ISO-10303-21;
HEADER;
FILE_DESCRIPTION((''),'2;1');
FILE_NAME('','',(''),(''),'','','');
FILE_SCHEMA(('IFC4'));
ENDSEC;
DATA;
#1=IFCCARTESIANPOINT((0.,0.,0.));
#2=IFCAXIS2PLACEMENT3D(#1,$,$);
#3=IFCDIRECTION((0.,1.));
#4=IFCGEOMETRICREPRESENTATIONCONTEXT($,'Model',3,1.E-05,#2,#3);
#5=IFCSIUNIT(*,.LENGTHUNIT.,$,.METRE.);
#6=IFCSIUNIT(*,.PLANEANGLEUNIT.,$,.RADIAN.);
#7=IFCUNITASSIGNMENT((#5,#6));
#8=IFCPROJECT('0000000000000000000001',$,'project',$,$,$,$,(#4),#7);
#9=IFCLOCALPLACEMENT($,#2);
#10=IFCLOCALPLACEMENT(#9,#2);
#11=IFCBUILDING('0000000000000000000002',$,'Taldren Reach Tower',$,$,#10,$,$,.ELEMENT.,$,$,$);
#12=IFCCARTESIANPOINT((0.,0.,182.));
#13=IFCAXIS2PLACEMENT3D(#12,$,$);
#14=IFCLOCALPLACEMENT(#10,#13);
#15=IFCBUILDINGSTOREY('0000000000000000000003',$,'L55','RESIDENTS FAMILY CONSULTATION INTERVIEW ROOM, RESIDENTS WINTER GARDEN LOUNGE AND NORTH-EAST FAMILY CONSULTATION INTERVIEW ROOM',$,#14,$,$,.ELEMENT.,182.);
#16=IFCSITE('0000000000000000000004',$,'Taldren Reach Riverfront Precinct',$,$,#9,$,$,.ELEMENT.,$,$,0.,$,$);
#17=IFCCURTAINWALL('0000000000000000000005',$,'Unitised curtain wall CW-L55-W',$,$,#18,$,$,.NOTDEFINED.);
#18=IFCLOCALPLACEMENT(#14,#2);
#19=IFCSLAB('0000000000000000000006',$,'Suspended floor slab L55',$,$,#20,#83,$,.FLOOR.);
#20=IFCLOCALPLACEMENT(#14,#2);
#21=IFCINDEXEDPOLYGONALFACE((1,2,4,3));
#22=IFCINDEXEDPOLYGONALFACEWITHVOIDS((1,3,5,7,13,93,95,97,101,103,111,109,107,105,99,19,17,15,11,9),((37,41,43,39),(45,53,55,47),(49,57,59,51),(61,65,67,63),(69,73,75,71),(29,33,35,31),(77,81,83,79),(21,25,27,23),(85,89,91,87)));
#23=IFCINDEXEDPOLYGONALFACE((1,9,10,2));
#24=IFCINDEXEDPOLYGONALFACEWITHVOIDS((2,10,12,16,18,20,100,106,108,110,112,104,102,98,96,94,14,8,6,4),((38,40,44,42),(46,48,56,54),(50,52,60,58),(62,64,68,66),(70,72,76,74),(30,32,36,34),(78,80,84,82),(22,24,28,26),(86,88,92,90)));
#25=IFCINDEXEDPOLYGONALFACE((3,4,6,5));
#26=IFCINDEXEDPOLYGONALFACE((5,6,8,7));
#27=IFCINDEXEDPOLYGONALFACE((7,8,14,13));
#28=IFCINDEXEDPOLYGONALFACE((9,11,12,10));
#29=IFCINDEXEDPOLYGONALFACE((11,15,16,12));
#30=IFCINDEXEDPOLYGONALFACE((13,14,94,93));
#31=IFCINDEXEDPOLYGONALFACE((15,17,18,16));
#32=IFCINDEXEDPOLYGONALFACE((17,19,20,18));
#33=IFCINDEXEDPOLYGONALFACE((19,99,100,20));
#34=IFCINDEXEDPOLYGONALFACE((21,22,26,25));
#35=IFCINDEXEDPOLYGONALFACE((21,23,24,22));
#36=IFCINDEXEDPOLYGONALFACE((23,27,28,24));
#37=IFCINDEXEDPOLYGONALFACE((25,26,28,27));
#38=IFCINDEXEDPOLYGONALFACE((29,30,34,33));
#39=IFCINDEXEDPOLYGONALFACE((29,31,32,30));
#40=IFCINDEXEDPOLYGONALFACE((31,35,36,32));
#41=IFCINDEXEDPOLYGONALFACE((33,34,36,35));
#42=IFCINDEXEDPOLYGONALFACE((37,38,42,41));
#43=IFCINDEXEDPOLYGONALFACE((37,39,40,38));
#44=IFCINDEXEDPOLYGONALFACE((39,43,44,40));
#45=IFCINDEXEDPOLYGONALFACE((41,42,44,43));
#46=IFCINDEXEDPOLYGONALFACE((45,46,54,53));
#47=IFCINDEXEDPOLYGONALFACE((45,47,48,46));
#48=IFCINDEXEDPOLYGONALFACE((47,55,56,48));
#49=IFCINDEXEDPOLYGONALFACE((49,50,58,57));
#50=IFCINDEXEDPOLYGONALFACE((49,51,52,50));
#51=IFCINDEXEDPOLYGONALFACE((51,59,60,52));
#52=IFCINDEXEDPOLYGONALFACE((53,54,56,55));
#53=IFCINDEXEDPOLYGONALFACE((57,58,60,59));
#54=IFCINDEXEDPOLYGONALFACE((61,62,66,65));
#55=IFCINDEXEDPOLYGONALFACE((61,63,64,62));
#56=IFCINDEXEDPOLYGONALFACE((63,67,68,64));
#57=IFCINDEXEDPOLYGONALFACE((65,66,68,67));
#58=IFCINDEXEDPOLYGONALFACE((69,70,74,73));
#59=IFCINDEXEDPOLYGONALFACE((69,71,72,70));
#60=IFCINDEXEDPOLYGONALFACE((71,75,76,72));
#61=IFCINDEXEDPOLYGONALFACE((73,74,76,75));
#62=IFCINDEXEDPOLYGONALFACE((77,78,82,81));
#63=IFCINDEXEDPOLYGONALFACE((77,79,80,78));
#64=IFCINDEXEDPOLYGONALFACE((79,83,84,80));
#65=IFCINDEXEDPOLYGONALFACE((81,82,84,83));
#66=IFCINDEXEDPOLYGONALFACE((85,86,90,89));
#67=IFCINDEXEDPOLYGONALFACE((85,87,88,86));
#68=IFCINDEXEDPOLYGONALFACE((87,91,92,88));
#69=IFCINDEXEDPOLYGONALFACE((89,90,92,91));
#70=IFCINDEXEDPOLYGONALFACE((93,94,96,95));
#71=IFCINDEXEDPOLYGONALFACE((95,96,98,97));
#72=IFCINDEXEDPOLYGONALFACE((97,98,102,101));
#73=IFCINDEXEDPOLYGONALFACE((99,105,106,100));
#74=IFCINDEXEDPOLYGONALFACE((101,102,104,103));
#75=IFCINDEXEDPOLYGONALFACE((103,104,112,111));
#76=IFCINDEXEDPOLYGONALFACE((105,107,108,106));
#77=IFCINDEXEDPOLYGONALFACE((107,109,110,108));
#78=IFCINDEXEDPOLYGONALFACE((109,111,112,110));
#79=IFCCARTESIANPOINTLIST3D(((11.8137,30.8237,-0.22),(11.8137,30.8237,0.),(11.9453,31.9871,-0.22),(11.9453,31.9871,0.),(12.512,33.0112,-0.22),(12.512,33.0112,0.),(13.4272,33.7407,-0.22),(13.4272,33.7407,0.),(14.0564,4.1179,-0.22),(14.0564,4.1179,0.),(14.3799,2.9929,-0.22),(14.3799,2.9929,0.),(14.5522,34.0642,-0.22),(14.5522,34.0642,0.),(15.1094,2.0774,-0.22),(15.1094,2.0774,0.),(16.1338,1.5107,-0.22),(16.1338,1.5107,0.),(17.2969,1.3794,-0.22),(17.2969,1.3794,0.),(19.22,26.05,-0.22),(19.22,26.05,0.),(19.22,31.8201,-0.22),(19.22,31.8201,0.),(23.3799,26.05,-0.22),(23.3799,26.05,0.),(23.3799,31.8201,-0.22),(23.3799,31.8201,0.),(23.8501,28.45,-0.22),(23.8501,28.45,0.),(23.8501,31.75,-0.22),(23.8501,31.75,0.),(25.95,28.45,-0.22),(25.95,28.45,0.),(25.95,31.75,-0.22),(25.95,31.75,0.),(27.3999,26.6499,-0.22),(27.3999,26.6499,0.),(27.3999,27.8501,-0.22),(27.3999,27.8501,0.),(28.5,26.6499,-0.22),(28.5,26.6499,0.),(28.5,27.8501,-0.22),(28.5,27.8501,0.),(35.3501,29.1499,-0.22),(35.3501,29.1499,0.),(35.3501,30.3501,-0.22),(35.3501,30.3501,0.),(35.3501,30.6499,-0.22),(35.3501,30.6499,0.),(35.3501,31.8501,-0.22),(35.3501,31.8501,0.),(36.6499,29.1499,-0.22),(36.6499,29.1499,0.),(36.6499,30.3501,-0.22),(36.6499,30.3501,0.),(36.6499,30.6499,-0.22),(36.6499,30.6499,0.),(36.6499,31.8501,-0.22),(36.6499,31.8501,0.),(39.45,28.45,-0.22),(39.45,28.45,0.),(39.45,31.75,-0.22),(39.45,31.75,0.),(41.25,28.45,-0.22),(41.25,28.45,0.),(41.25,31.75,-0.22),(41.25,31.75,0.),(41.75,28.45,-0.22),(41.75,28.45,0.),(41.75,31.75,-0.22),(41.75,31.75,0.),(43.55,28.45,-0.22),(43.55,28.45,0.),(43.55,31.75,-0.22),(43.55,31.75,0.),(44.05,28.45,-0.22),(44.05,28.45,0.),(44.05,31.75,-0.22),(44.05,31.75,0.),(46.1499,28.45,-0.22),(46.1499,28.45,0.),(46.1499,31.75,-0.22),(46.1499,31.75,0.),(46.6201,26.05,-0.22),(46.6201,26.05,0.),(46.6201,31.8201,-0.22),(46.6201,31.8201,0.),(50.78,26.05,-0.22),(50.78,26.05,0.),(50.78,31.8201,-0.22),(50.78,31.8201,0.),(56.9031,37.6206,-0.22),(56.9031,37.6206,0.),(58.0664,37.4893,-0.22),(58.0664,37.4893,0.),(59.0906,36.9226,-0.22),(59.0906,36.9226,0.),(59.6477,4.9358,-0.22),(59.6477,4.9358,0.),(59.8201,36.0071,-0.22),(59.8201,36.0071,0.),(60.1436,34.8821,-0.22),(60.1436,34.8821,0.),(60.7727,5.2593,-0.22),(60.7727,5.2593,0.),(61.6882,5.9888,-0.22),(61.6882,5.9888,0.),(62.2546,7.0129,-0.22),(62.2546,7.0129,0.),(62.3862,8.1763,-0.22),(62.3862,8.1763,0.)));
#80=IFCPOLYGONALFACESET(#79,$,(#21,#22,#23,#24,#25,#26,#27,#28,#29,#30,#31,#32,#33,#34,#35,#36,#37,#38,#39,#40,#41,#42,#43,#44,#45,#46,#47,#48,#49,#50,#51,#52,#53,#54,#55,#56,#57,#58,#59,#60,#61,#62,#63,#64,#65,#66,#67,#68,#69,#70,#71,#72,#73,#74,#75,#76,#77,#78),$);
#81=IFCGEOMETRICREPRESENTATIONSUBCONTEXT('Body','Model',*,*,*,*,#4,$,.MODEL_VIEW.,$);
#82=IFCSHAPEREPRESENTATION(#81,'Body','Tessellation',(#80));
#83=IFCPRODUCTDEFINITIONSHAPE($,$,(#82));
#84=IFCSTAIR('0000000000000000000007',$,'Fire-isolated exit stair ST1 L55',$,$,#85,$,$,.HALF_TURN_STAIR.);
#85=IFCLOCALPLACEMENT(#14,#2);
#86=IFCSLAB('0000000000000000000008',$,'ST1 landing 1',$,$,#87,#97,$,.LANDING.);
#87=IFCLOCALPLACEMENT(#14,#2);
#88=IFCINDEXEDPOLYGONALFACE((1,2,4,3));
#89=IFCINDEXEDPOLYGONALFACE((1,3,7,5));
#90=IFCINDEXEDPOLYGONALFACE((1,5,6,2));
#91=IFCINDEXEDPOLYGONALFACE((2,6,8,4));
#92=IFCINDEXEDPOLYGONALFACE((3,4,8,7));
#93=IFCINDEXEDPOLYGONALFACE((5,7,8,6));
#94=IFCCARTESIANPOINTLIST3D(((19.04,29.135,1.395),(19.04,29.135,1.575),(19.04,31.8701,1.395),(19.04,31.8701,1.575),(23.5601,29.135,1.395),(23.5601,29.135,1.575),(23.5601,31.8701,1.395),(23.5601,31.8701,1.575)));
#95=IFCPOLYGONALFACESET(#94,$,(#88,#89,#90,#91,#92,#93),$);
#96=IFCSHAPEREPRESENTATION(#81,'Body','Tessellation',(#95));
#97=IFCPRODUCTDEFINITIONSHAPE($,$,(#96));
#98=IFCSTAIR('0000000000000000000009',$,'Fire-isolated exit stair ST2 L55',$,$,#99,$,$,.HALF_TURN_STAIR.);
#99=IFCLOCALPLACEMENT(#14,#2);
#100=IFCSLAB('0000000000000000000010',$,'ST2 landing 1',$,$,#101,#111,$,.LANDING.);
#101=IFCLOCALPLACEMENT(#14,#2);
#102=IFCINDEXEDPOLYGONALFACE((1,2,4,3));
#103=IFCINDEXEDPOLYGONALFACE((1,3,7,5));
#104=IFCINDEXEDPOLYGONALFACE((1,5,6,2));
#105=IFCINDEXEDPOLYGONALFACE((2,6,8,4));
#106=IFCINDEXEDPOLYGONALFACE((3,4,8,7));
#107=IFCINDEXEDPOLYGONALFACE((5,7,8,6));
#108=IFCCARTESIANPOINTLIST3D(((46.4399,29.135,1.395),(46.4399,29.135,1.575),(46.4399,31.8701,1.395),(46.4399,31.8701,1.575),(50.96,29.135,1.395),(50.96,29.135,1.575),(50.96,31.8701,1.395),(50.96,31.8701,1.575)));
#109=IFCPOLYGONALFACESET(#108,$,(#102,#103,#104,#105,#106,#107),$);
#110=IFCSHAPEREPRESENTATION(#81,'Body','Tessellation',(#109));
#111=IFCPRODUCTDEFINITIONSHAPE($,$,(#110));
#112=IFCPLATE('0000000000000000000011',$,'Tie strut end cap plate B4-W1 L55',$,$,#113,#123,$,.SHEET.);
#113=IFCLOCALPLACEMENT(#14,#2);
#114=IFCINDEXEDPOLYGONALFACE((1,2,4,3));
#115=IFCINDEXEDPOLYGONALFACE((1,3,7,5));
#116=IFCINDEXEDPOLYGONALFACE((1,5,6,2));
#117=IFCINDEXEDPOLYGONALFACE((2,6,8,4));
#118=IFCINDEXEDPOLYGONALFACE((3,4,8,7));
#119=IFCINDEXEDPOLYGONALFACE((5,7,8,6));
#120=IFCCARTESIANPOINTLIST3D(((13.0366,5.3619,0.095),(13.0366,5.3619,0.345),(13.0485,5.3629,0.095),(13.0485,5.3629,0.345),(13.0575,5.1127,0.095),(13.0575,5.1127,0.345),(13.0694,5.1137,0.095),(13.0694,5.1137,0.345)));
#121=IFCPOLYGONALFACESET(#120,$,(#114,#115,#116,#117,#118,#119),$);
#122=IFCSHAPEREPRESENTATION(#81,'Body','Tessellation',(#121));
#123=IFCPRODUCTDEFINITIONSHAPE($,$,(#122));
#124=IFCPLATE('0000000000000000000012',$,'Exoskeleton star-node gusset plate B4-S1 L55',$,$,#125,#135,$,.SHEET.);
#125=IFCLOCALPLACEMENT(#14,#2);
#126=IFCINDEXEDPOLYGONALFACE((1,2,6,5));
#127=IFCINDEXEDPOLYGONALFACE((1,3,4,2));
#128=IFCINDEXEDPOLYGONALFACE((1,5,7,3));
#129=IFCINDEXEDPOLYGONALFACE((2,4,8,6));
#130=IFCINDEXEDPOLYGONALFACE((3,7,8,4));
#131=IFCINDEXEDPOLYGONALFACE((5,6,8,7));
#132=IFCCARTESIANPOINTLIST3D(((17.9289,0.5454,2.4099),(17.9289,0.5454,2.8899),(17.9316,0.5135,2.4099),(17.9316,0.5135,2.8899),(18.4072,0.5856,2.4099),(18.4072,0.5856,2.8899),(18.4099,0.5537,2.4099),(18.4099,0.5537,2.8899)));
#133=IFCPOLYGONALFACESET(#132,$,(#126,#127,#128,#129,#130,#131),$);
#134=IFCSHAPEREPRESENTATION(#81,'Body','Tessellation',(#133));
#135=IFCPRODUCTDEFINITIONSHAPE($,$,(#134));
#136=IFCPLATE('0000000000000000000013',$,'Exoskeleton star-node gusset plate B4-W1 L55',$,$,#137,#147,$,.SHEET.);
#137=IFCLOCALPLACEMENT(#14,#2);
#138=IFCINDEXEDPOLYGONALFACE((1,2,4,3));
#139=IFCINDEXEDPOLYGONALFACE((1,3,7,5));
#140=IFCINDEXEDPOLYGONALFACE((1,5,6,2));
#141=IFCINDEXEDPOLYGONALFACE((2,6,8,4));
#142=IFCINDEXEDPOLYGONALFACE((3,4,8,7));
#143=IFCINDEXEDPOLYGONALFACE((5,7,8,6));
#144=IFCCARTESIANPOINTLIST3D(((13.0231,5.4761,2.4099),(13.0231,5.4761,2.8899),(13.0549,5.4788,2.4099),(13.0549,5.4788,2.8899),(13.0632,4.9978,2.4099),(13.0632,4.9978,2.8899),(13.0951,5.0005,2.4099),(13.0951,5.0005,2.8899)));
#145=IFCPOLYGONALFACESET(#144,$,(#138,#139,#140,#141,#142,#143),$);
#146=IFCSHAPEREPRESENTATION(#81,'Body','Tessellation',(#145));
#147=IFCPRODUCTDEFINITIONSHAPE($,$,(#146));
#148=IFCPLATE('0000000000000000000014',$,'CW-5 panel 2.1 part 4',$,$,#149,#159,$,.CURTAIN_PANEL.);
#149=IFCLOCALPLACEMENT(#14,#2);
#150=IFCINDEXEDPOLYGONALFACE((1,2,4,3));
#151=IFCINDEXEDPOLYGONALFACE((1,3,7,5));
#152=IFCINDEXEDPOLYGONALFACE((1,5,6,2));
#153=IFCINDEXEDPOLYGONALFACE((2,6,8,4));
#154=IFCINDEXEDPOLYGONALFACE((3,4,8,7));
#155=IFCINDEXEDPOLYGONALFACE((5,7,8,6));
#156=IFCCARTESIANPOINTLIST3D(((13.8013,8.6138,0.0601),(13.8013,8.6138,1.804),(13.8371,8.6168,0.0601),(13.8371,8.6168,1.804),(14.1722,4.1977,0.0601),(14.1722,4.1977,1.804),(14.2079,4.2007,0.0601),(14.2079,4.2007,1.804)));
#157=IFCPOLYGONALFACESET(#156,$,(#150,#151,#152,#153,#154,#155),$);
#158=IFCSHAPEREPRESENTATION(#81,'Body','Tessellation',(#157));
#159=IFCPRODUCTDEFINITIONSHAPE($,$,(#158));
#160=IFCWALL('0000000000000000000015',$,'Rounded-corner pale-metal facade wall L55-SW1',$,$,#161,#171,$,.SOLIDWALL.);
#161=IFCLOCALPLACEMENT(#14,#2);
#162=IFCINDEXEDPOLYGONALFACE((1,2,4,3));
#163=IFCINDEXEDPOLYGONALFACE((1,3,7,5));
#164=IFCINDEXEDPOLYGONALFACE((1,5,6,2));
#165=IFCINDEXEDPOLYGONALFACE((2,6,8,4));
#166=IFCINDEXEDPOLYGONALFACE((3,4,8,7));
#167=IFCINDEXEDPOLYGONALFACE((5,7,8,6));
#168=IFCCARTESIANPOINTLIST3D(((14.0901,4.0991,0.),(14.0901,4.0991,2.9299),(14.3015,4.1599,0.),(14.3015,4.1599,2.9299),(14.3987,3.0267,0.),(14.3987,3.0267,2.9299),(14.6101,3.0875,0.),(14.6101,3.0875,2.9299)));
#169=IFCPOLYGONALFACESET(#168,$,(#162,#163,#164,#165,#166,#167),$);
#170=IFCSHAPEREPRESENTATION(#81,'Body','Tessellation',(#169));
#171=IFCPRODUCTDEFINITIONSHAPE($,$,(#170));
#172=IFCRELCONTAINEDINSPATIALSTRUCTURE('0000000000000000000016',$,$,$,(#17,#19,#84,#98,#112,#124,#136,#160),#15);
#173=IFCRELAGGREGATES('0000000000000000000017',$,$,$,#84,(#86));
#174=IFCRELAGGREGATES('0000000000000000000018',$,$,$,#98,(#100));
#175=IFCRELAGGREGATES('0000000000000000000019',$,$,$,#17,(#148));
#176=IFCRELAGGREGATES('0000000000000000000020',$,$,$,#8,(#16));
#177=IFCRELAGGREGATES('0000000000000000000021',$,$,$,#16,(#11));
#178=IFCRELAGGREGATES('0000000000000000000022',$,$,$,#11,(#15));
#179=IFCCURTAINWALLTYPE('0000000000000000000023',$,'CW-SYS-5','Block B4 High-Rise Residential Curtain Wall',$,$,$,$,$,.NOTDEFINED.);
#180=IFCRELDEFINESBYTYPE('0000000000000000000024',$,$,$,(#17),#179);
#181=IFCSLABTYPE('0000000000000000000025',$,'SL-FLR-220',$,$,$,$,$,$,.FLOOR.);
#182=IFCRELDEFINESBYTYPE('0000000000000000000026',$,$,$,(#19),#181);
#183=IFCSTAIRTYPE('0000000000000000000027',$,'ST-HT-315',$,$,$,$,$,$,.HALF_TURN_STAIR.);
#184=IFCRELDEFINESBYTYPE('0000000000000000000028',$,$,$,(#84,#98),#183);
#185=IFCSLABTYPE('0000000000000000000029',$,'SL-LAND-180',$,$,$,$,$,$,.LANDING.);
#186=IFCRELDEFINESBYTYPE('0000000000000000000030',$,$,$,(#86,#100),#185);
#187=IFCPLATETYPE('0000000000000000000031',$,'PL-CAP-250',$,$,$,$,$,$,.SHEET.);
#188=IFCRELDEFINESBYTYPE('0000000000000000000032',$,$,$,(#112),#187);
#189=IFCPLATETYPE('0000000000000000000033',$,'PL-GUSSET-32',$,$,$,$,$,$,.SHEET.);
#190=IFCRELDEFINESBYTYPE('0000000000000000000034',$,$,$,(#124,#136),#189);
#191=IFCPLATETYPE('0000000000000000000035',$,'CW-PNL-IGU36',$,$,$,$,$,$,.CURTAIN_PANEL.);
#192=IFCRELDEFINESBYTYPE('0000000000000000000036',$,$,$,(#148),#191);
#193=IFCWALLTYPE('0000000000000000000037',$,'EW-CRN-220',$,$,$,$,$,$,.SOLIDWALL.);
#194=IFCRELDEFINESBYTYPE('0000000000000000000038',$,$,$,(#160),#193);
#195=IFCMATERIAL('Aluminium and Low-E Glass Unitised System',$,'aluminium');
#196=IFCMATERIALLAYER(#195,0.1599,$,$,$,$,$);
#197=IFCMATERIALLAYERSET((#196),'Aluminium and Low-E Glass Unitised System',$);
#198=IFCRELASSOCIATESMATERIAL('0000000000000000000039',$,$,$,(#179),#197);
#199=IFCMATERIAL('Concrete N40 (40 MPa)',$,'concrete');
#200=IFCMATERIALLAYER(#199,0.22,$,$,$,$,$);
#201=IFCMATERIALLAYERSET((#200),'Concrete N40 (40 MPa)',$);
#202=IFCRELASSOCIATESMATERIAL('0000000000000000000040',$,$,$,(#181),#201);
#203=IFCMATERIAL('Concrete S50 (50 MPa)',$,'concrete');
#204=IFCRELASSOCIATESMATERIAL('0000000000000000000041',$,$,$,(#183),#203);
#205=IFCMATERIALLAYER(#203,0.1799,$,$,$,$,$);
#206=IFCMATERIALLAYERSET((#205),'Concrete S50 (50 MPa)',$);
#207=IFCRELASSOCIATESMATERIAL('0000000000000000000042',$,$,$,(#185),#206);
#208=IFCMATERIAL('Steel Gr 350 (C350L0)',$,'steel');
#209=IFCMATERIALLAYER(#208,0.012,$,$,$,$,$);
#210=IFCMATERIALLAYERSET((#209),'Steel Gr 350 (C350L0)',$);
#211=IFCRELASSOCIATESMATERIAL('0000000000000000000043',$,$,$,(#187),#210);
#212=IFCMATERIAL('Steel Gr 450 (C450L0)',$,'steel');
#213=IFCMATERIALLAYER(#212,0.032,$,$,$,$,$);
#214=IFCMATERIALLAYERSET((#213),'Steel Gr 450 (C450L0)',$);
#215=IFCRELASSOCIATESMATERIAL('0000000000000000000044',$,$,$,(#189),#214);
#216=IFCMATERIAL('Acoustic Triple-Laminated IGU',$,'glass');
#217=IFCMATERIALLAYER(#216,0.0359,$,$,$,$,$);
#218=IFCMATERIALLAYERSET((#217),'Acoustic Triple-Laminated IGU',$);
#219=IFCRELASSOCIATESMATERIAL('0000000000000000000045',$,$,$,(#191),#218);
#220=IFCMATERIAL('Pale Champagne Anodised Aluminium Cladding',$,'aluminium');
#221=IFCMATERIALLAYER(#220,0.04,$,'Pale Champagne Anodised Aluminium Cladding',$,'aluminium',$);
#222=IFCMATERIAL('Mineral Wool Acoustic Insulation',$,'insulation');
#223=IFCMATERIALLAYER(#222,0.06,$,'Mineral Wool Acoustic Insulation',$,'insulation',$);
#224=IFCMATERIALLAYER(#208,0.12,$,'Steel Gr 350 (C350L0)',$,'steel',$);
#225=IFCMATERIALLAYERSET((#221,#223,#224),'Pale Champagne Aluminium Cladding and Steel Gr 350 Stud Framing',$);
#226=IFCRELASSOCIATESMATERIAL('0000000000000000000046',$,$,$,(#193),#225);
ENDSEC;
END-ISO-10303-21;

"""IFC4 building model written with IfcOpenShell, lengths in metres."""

from ifc_helpers import new_model, si_unit, direction, frame, frame_2d, origin, origin_2d, place, context, subcontext, project, spatial, polyline, rectangle, outline, extrude, source, transform, mapped, material, layer, layer_set, type_object, element, aggregate, save


model = new_model("IFC4")

# Units and contexts
model_context = context("Model", 3, precision=1e-05, world=origin(), true_north=direction((0.0, 1.0)))
body_context = subcontext(model_context, "Body", "Model", "MODEL_VIEW")
ifc_project = project(units=[si_unit("LENGTHUNIT", "METRE"), si_unit("PLANEANGLEUNIT", "RADIAN")], contexts=[model_context])

# Site, building, storey
site_placement = place(None, origin())
site = spatial("IfcSite", under=ifc_project, at=site_placement, Name="Taldren Reach Riverfront Precinct", CompositionType="ELEMENT", RefElevation=0.0)
building_placement = place(site_placement, origin())
building = spatial("IfcBuilding", under=site, at=building_placement, Name="Taldren Reach Tower", CompositionType="ELEMENT")
storey_placement = place(building_placement, frame((0.0, 0.0, 182.0)))
storey = spatial("IfcBuildingStorey", under=building, at=storey_placement, Name="L55", Description="RESIDENTS FAMILY CONSULTATION INTERVIEW ROOM, RESIDENTS WINTER GARDEN LOUNGE AND NORTH-EAST FAMILY CONSULTATION INTERVIEW ROOM", CompositionType="ELEMENT", Elevation=182.0)

# Shared definitions
ifc_material_1 = material(Name="Steel Gr 350 (C350L0)", Category="steel")

# Shared definitions
ifc_material_2 = material(Name="Steel Gr 450 (C450L0)", Category="steel")

# Curtain wall
ifc_material_3 = material(Name="Aluminium and Low-E Glass Unitised System", Category="aluminium")
ifc_layer_1 = layer(ifc_material_3, 0.1599)
ifc_layer_set_1 = layer_set([ifc_layer_1], Name="Aluminium and Low-E Glass Unitised System")
curtain_wall_type = type_object("IfcCurtainWallType", Name="CW-SYS-5", Description="Block B4 High-Rise Residential Curtain Wall", PredefinedType="NOTDEFINED", material=ifc_layer_set_1)
curtain_wall_1_placement = place(storey_placement, origin())
curtain_wall_1 = element("IfcCurtainWall", 1, at=curtain_wall_1_placement, inside=storey, type_object=curtain_wall_type, Name="Unitised curtain wall CW-L55-W", PredefinedType="NOTDEFINED")

# Slab
ifc_material_4 = material(Name="Concrete N40 (40 MPa)", Category="concrete")
ifc_layer_2 = layer(ifc_material_4, 0.22)
ifc_layer_set_2 = layer_set([ifc_layer_2], Name="Concrete N40 (40 MPa)")
slab_type_1 = type_object("IfcSlabType", Name="SL-FLR-220", PredefinedType="FLOOR", material=ifc_layer_set_2)
slab_1_placement = place(storey_placement, frame((0.0, 0.0, -0.22)))
element("IfcSlab", 2, at=slab_1_placement, inside=storey, type_object=slab_type_1, Name="Suspended floor slab L55", PredefinedType="FLOOR", context=body_context, shape_type="SweptSolid", body=[
    extrude(outline(polyline([(59.6477, 4.9358), (60.7727, 5.2593), (61.6882, 5.9888), (62.2546, 7.0129), (62.3862, 8.1763), (60.1436, 34.8821), (59.8201, 36.0071), (59.0906, 36.9226), (58.0664, 37.4893), (56.9031, 37.6206), (14.5522, 34.0642), (13.4272, 33.7407), (12.512, 33.0112), (11.9453, 31.9871), (11.8137, 30.8237), (14.0564, 4.1179), (14.3799, 2.9929), (15.1094, 2.0774), (16.1338, 1.5107), (17.2969, 1.3794), (59.6477, 4.9358)]), holes=[polyline([(19.22, 26.05), (23.3799, 26.05), (23.3799, 31.8201), (19.22, 31.8201), (19.22, 26.05)]), polyline([(46.6201, 26.05), (50.78, 26.05), (50.78, 31.8201), (46.6201, 31.8201), (46.6201, 26.05)]), polyline([(23.8501, 28.45), (25.95, 28.45), (25.95, 31.75), (23.8501, 31.75), (23.8501, 28.45)]), polyline([(44.05, 28.45), (46.1499, 28.45), (46.1499, 31.75), (44.05, 31.75), (44.05, 28.45)]), polyline([(39.45, 28.45), (41.25, 28.45), (41.25, 31.75), (39.45, 31.75), (39.45, 28.45)]), polyline([(41.75, 28.45), (43.55, 28.45), (43.55, 31.75), (41.75, 31.75), (41.75, 28.45)]), polyline([(35.3501, 30.6499), (36.6499, 30.6499), (36.6499, 31.8501), (35.3501, 31.8501), (35.3501, 30.6499)]), polyline([(35.3501, 29.1499), (36.6499, 29.1499), (36.6499, 30.3501), (35.3501, 30.3501), (35.3501, 29.1499)]), polyline([(27.3999, 26.6499), (28.5, 26.6499), (28.5, 27.8501), (27.3999, 27.8501), (27.3999, 26.6499)])]), origin(), (0.0, 0.0, 1.0), 0.22),
])

# Stairs, slabs
ifc_material_5 = material(Name="Concrete S50 (50 MPa)", Category="concrete")
stair_type = type_object("IfcStairType", Name="ST-HT-315", PredefinedType="HALF_TURN_STAIR", material=ifc_material_5)
stair_1_placement = place(storey_placement, origin())
stair_1 = element("IfcStair", 3, at=stair_1_placement, inside=storey, type_object=stair_type, Name="Fire-isolated exit stair ST1 L55", PredefinedType="HALF_TURN_STAIR")
ifc_layer_3 = layer(ifc_material_5, 0.1799)
ifc_layer_set_3 = layer_set([ifc_layer_3], Name="Concrete S50 (50 MPa)")
slab_type_2 = type_object("IfcSlabType", Name="SL-LAND-180", PredefinedType="LANDING", material=ifc_layer_set_3)
slab_2_placement = place(storey_placement, frame((0.0, 0.0, 1.395)))
slab_2 = element("IfcSlab", 4, at=slab_2_placement, type_object=slab_type_2, Name="ST1 landing 1", PredefinedType="LANDING", context=body_context, shape_type="SweptSolid", body=[
    extrude(outline(polyline([(19.04, 29.135), (23.5601, 29.135), (23.5601, 31.8701), (19.04, 31.8701), (19.04, 29.135)])), origin(), (0.0, 0.0, 1.0), 0.1799),
])
aggregate(stair_1, [slab_2])
stair_2_placement = place(storey_placement, origin())
stair_2 = element("IfcStair", 5, at=stair_2_placement, inside=storey, type_object=stair_type, Name="Fire-isolated exit stair ST2 L55", PredefinedType="HALF_TURN_STAIR")
slab_3_placement = place(storey_placement, frame((0.0, 0.0, 1.395)))
slab_3 = element("IfcSlab", 6, at=slab_3_placement, type_object=slab_type_2, Name="ST2 landing 1", PredefinedType="LANDING", context=body_context, shape_type="SweptSolid", body=[
    extrude(outline(polyline([(46.4399, 29.135), (50.96, 29.135), (50.96, 31.8701), (46.4399, 31.8701), (46.4399, 29.135)])), origin(), (0.0, 0.0, 1.0), 0.1799),
])
aggregate(stair_2, [slab_3])

# Plates
ifc_layer_4 = layer(ifc_material_1, 0.012)
ifc_layer_set_4 = layer_set([ifc_layer_4], Name="Steel Gr 350 (C350L0)")
plate_type_1 = type_object("IfcPlateType", Name="PL-CAP-250", PredefinedType="SHEET", material=ifc_layer_set_4)
shared_shape_1 = source(origin(), body_context, "Body", "SweptSolid", [
    extrude(rectangle(XDim=0.012, YDim=0.25, at=origin_2d()), origin(), (0.0, 0.0, 1.0), 0.25),
])
plate_1_placement = place(storey_placement, frame((13.053, 5.2378, 0.095), z_axis=(0.0, 0.0, 1.0), x_axis=(0.996493, 0.083678, 0.0)))
element("IfcPlate", 7, at=plate_1_placement, inside=storey, type_object=plate_type_1, Name="Tie strut end cap plate B4-W1 L55", PredefinedType="SHEET", context=body_context, shape_type="MappedRepresentation", body=[
    mapped(shared_shape_1, transform((0.0, 0.0, 0.0), scale=1.0)),
])
ifc_layer_5 = layer(ifc_material_2, 0.032)
ifc_layer_set_5 = layer_set([ifc_layer_5], Name="Steel Gr 450 (C450L0)")
plate_type_2 = type_object("IfcPlateType", Name="PL-GUSSET-32", PredefinedType="SHEET", material=ifc_layer_set_5)
shared_shape_2 = source(origin(), body_context, "Body", "SweptSolid", [
    extrude(rectangle(XDim=0.48, YDim=0.032, at=origin_2d()), origin(), (0.0, 0.0, 1.0), 0.48),
])
for number, where, z_axis, x_axis, name in (
    (8, (18.1694, 0.5496, 2.4099), (0.0, 0.0, 1.0), (0.996493, 0.083678, 0.0), "Exoskeleton star-node gusset plate B4-S1 L55"),
    (9, (13.0591, 5.2383, 2.4099), (0.0, 0.0, 1.0), (-0.083678, 0.996493, 0.0), "Exoskeleton star-node gusset plate B4-W1 L55"),
):
    element("IfcPlate", number, at=place(storey_placement, frame(where, z_axis=z_axis, x_axis=x_axis)), inside=storey, type_object=plate_type_2, Name=name, PredefinedType="SHEET", context=body_context, shape_type="MappedRepresentation", body=[
        mapped(shared_shape_2, transform((0.0, 0.0, 0.0), scale=1.0)),
    ])

# Plate
ifc_material_6 = material(Name="Acoustic Triple-Laminated IGU", Category="glass")
ifc_layer_6 = layer(ifc_material_6, 0.0359)
ifc_layer_set_6 = layer_set([ifc_layer_6], Name="Acoustic Triple-Laminated IGU")
plate_type_3 = type_object("IfcPlateType", Name="CW-PNL-IGU36", PredefinedType="CURTAIN_PANEL", material=ifc_layer_set_6)
shared_shape_3 = source(origin(), body_context, "Body", "SweptSolid", [
    extrude(rectangle(XDim=4.4316, YDim=0.0359, at=origin_2d()), origin(), (0.0, 0.0, 1.0), 1.7439),
])
plate_2_placement = place(storey_placement, frame((14.0046, 6.4072, 0.0601), z_axis=(0.0, 0.0, 1.0), x_axis=(0.083678, -0.996493, 0.0)))
plate_2 = element("IfcPlate", 10, at=plate_2_placement, type_object=plate_type_3, Name="CW-5 panel 2.1 part 4", PredefinedType="CURTAIN_PANEL", context=body_context, shape_type="MappedRepresentation", body=[
    mapped(shared_shape_3, transform((0.0, 0.0, 0.0), scale=1.0)),
])
aggregate(curtain_wall_1, [plate_2])

# Wall
ifc_material_7 = material(Name="Pale Champagne Anodised Aluminium Cladding", Category="aluminium")
ifc_layer_7 = layer(ifc_material_7, 0.04, Name="Pale Champagne Anodised Aluminium Cladding", Category="aluminium")
ifc_material_8 = material(Name="Mineral Wool Acoustic Insulation", Category="insulation")
ifc_layer_8 = layer(ifc_material_8, 0.06, Name="Mineral Wool Acoustic Insulation", Category="insulation")
ifc_layer_9 = layer(ifc_material_1, 0.12, Name="Steel Gr 350 (C350L0)", Category="steel")
ifc_layer_set_7 = layer_set([ifc_layer_7, ifc_layer_8, ifc_layer_9], Name="Pale Champagne Aluminium Cladding and Steel Gr 350 Stud Framing")
wall_type = type_object("IfcWallType", Name="EW-CRN-220", PredefinedType="SOLIDWALL", material=ifc_layer_set_7)
shared_shape_4 = source(origin(), body_context, "Body", "SweptSolid", [
    extrude(rectangle(XDim=1.116, YDim=0.22, at=frame_2d((0.5581, 0.0))), origin(), (0.0, 0.0, 1.0), 2.9299),
])
for number, where, z_axis, x_axis, name in (
    (11, (14.1958, 4.1296, 0.0), (0.0, 0.0, 1.0), (0.276512, -0.96101, 0.0), "Rounded-corner pale-metal facade wall L55-SW1"),
):
    element("IfcWall", number, at=place(storey_placement, frame(where, z_axis=z_axis, x_axis=x_axis)), inside=storey, type_object=wall_type, Name=name, PredefinedType="SOLIDWALL", context=body_context, shape_type="MappedRepresentation", body=[
        mapped(shared_shape_4, transform((0.0, 0.0, 0.0), scale=1.0)),
    ])

save(model, "model.ifc")
